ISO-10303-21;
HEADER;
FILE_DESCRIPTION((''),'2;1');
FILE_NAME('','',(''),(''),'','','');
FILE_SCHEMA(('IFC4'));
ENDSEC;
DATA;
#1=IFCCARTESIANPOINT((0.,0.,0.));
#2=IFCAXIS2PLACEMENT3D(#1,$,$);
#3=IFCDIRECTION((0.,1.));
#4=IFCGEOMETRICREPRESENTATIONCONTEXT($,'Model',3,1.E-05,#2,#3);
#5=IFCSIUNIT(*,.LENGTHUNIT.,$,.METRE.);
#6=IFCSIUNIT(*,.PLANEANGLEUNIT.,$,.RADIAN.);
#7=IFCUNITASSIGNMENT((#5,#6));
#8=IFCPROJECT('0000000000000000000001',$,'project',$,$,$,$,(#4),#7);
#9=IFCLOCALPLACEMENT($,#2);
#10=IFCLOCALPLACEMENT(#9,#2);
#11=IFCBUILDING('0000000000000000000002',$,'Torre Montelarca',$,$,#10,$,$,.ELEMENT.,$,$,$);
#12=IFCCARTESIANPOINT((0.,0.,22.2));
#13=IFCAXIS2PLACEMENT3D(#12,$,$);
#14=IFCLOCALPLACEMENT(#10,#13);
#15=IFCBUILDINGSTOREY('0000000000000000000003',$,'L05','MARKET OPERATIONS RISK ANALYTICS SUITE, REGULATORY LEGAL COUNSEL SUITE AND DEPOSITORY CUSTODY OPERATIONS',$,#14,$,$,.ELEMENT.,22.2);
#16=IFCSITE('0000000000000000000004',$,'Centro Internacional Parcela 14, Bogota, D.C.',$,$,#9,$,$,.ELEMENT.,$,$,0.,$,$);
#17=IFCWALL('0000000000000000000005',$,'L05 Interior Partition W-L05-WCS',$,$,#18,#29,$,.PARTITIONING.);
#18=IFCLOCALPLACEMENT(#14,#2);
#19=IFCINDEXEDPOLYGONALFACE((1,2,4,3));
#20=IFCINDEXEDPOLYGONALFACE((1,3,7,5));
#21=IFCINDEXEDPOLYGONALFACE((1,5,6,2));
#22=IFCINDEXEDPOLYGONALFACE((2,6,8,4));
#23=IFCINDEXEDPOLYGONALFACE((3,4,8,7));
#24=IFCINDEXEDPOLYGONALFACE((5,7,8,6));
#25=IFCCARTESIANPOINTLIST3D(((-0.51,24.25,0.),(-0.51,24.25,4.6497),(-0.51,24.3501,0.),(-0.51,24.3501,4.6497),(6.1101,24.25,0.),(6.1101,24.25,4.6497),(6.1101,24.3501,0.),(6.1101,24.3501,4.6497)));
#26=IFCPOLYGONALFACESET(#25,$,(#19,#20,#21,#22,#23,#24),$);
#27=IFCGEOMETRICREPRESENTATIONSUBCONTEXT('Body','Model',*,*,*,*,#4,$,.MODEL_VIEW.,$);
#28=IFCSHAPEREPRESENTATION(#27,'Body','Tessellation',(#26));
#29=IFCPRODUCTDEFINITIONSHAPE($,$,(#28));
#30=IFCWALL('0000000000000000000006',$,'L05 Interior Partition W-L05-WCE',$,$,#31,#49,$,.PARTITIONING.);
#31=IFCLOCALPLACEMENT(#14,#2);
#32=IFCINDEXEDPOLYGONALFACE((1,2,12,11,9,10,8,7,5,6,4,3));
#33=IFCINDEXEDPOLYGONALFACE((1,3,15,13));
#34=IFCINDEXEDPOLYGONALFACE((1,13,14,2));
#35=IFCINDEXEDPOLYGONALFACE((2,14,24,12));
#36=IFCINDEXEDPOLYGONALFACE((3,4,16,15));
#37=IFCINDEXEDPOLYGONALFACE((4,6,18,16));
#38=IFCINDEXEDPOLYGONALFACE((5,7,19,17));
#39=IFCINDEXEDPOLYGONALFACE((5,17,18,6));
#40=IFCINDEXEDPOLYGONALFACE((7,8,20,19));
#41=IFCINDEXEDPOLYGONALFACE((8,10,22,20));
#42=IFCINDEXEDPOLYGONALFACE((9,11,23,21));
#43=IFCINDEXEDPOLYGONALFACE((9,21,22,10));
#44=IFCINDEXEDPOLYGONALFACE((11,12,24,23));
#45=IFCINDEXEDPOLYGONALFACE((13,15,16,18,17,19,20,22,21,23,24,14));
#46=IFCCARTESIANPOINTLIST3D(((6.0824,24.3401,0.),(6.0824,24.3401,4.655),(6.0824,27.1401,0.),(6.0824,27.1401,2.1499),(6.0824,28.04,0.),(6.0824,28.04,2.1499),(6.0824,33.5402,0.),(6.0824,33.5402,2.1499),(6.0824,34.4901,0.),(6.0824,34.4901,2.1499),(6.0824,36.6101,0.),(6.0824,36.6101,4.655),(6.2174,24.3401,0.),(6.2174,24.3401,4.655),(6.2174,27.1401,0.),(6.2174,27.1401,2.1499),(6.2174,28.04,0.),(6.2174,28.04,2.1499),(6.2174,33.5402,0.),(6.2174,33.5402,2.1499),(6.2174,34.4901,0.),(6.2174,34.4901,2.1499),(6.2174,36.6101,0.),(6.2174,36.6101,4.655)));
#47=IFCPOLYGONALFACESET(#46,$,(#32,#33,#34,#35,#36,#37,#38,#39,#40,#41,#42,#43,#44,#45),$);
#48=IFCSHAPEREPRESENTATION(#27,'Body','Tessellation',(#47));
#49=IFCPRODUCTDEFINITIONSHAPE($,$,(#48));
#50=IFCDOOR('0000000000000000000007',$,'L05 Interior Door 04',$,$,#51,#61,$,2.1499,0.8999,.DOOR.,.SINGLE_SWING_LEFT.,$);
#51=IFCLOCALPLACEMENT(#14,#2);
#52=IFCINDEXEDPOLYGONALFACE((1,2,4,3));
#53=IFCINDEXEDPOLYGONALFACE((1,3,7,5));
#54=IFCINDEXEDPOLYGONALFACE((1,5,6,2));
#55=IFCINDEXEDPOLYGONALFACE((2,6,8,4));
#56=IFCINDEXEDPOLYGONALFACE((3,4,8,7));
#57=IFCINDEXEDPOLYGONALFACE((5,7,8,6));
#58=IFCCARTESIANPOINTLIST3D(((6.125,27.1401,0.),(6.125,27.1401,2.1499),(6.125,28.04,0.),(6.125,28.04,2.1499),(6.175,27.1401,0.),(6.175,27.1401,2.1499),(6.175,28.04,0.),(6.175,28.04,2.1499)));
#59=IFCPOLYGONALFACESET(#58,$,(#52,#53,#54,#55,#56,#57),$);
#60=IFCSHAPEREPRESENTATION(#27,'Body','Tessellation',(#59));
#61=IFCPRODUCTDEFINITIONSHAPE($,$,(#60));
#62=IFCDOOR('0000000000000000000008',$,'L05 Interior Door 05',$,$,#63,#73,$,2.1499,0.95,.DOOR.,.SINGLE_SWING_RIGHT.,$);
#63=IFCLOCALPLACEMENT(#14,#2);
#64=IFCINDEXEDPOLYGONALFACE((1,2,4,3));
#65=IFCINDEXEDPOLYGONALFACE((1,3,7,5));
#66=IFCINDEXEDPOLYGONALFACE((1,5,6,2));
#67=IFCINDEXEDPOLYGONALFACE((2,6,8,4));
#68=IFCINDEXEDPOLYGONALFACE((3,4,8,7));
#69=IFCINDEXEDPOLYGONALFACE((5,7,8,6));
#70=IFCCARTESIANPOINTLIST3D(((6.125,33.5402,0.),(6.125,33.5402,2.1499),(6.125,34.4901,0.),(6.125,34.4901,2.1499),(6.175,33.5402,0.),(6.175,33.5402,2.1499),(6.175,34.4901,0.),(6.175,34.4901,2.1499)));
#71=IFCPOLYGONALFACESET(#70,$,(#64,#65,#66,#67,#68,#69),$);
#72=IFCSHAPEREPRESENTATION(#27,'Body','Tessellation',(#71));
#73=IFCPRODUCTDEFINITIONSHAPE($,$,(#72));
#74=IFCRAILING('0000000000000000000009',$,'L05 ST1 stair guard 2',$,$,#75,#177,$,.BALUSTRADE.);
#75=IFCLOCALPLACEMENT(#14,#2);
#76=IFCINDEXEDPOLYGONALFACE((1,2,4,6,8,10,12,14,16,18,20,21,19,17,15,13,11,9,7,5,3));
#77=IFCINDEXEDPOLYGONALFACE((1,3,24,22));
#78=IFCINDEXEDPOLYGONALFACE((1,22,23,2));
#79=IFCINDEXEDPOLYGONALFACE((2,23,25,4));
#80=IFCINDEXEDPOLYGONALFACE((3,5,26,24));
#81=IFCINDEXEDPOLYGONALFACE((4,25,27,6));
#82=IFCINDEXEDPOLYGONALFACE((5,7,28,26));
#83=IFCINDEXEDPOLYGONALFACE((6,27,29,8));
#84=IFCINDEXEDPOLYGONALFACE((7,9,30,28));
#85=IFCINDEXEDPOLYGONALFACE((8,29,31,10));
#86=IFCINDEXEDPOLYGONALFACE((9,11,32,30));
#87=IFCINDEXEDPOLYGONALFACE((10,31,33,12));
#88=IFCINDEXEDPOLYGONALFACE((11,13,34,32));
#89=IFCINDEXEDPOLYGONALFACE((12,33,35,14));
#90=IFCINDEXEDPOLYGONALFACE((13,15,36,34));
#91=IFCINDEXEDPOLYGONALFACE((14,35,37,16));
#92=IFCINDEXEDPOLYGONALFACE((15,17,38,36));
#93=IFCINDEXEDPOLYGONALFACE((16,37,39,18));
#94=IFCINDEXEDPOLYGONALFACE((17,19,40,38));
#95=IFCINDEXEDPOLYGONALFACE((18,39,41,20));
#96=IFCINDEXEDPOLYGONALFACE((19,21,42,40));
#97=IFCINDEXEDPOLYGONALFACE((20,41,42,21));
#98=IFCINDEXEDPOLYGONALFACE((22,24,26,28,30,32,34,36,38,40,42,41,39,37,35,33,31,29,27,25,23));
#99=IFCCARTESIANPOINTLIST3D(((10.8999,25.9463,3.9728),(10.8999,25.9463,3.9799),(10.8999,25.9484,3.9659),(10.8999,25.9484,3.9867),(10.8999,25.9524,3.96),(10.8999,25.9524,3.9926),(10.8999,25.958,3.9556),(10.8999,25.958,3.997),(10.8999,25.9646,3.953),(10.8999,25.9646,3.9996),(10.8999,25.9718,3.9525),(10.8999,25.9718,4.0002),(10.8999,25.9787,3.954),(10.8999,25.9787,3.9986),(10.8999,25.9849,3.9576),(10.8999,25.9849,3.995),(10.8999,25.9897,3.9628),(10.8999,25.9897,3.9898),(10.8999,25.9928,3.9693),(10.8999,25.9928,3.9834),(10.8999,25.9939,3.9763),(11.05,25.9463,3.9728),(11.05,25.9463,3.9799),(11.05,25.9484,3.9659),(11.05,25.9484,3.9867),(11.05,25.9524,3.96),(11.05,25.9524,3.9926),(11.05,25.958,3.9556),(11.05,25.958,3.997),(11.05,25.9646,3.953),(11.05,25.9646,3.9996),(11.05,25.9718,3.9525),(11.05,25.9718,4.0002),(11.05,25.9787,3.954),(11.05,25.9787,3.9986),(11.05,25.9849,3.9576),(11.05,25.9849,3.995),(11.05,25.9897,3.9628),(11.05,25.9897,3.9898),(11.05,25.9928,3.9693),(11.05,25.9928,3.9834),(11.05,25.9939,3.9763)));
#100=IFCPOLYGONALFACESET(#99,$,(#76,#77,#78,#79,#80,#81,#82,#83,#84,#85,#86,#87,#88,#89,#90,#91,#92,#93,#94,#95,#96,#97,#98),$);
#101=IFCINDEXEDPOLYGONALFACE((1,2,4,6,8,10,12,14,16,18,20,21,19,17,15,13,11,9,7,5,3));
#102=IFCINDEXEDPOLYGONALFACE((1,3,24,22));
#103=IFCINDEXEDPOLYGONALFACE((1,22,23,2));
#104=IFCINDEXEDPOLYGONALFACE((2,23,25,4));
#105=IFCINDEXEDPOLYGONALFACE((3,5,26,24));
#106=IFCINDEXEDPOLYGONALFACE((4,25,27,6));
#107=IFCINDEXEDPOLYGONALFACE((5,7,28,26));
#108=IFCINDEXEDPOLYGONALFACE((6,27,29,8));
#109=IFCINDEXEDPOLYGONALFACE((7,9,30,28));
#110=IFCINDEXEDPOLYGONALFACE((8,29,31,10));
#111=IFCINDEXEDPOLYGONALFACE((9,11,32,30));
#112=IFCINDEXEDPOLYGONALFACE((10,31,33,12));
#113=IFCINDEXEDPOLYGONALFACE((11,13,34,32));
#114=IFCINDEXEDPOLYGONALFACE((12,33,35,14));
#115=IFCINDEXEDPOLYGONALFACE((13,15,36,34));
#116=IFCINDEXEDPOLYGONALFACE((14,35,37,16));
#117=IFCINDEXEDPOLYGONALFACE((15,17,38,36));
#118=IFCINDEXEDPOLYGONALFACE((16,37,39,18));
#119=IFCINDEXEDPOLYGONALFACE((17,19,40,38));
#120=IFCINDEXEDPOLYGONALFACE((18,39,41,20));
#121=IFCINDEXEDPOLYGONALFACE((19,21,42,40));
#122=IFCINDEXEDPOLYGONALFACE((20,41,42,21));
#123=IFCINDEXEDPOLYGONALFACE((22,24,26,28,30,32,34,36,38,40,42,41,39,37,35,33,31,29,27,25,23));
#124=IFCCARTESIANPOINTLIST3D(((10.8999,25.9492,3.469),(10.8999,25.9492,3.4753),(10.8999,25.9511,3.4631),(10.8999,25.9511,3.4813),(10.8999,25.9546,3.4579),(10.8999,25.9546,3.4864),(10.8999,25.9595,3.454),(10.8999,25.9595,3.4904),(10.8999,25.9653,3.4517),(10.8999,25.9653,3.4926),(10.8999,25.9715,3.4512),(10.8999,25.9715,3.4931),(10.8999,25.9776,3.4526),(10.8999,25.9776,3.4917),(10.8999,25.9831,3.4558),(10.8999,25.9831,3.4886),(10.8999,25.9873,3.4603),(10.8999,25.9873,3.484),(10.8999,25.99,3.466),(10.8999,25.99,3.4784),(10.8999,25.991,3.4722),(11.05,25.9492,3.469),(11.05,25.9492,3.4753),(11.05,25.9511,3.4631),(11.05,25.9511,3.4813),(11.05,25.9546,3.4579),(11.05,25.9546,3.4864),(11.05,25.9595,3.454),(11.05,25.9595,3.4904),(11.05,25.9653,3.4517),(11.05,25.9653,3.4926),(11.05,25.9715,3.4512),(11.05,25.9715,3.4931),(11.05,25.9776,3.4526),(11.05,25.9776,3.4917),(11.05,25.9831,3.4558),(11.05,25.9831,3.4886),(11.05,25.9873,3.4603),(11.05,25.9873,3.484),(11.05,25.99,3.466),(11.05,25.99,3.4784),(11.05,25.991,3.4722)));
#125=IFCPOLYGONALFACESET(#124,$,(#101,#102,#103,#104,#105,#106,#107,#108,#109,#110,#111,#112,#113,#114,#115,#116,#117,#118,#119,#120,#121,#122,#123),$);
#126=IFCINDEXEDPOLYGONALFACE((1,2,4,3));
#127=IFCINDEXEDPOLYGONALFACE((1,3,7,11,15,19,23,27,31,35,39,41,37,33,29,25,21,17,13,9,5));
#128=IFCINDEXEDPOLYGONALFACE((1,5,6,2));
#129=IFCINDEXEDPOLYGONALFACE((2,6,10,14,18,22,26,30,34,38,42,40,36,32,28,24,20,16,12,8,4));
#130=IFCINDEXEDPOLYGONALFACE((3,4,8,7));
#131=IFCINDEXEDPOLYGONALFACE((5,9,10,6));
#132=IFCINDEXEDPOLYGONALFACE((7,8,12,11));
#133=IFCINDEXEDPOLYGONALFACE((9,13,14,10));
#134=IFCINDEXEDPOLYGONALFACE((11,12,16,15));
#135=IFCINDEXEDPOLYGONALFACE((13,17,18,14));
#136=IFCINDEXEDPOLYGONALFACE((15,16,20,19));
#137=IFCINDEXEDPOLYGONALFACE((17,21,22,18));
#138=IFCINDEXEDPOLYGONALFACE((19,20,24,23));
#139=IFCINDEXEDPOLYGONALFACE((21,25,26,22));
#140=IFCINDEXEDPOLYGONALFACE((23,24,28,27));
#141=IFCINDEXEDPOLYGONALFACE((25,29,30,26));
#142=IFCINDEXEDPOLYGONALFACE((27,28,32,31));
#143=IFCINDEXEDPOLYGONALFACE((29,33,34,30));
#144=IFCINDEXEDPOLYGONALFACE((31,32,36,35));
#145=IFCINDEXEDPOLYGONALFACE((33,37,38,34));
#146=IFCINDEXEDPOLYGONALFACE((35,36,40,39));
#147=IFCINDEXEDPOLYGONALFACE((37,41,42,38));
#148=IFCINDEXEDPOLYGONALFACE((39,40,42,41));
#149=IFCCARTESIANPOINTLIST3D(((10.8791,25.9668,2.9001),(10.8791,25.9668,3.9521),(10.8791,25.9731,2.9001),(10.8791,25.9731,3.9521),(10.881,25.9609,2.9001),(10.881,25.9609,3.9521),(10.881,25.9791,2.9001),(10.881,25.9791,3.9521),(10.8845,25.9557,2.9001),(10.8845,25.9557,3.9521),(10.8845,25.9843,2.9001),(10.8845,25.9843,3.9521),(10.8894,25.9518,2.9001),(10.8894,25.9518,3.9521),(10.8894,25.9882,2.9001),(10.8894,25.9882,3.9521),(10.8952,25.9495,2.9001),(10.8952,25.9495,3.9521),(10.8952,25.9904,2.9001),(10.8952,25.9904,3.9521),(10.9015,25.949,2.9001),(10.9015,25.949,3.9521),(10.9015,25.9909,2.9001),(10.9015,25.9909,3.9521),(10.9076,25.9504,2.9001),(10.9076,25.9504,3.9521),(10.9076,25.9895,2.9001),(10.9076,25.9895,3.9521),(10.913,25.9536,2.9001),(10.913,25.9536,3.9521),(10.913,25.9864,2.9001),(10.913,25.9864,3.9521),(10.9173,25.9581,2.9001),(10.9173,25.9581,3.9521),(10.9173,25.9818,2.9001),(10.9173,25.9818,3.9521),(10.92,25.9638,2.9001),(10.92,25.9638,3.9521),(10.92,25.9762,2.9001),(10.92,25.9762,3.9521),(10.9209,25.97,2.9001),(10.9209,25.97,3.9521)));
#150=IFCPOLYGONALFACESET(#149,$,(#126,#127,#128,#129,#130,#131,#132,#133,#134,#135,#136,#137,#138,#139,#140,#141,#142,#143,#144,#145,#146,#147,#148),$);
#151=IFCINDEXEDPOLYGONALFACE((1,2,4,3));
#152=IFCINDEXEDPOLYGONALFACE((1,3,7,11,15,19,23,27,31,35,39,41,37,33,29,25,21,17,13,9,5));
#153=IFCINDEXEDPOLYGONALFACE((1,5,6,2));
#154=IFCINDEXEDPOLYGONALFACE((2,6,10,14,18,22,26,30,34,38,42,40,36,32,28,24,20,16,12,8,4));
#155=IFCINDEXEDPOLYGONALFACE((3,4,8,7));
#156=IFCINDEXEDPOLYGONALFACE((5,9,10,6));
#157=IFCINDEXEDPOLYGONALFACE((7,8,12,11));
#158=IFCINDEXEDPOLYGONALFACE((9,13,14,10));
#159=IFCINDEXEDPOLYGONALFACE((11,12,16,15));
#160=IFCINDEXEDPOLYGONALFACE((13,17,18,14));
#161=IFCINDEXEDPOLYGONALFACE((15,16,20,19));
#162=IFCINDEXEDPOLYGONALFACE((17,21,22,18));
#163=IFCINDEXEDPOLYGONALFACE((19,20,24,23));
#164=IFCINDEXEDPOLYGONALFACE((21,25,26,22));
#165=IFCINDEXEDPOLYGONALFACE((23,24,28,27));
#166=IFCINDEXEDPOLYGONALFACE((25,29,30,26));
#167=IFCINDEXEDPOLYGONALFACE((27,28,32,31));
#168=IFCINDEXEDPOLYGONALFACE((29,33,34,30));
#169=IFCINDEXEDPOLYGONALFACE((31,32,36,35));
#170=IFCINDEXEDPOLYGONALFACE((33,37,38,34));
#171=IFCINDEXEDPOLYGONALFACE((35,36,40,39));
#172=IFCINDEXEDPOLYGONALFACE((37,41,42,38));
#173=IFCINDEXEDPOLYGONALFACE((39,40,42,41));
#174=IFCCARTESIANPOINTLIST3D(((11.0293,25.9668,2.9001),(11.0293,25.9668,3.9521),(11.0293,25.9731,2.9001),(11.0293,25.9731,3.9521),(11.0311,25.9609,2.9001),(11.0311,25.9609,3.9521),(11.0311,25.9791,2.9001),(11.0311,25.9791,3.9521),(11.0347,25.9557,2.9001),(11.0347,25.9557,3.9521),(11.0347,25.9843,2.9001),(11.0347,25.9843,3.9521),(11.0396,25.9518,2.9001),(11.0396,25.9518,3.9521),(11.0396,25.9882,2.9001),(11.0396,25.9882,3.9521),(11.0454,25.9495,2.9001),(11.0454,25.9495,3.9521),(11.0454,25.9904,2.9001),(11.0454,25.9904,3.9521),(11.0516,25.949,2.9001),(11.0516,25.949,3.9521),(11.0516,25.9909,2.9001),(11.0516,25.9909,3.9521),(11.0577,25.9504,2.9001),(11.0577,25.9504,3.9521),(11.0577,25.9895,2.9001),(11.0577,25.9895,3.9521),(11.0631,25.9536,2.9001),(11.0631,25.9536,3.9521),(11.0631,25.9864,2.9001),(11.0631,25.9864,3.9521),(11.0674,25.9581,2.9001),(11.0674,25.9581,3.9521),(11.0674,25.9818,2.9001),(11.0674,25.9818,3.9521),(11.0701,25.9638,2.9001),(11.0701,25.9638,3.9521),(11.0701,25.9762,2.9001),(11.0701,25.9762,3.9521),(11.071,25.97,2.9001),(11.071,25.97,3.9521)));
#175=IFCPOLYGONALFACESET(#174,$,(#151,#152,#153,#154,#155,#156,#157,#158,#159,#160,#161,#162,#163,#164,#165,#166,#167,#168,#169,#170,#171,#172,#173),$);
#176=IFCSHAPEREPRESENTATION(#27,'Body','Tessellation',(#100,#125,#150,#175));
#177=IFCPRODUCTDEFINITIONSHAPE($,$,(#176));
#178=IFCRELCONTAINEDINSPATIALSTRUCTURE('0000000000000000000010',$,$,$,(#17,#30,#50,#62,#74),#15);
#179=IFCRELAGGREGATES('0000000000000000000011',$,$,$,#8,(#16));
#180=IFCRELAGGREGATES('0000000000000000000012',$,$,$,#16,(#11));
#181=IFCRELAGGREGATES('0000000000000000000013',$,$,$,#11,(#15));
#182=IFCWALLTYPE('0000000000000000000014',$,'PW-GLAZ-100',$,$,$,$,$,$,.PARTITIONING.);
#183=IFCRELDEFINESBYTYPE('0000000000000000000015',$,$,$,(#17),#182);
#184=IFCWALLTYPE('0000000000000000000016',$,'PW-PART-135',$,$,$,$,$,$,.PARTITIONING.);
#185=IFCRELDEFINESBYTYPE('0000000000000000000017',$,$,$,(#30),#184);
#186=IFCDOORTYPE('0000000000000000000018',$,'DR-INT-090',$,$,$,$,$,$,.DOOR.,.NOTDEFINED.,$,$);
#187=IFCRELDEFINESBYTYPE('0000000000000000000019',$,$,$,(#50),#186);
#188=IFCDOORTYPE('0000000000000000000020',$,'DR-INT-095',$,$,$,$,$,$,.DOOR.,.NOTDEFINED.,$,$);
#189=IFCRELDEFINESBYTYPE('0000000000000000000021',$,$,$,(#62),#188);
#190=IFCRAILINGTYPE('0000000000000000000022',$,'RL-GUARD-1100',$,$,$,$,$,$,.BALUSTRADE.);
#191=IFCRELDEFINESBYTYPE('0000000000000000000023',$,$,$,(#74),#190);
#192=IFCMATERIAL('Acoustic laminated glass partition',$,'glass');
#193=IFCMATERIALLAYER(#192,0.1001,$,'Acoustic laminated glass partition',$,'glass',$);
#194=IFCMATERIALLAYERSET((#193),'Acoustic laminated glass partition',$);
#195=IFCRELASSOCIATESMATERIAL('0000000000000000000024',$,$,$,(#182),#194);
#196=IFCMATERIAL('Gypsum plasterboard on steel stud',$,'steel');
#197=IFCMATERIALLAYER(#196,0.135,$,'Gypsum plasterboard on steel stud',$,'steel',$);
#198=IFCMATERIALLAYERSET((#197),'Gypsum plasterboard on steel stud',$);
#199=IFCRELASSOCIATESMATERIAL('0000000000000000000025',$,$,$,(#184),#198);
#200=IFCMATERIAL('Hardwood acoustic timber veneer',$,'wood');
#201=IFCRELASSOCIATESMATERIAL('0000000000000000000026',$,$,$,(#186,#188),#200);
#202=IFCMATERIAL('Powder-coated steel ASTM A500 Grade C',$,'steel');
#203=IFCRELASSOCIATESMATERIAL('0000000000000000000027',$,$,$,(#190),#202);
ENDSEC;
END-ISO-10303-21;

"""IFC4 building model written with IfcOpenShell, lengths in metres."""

from ifc_helpers import new_model, si_unit, direction, frame, frame_2d, origin, origin_2d, place, context, subcontext, project, spatial, rectangle, circle, extrude, source, transform, mapped, material, layer, layer_set, type_object, element, fill, save


model = new_model("IFC4")

# Units and contexts
model_context = context("Model", 3, precision=1e-05, world=origin(), true_north=direction((0.0, 1.0)))
body_context = subcontext(model_context, "Body", "Model", "MODEL_VIEW")
ifc_project = project(units=[si_unit("LENGTHUNIT", "METRE"), si_unit("PLANEANGLEUNIT", "RADIAN")], contexts=[model_context])

# Site, building, storey
site_placement = place(None, origin())
site = spatial("IfcSite", under=ifc_project, at=site_placement, Name="Centro Internacional Parcela 14, Bogota, D.C.", CompositionType="ELEMENT", RefElevation=0.0)
building_placement = place(site_placement, origin())
building = spatial("IfcBuilding", under=site, at=building_placement, Name="Torre Montelarca", CompositionType="ELEMENT")
storey_placement = place(building_placement, frame((0.0, 0.0, 22.2)))
storey = spatial("IfcBuildingStorey", under=building, at=storey_placement, Name="L05", Description="MARKET OPERATIONS RISK ANALYTICS SUITE, REGULATORY LEGAL COUNSEL SUITE AND DEPOSITORY CUSTODY OPERATIONS", CompositionType="ELEMENT", Elevation=22.2)

# Shared definitions
ifc_material_1 = material(Name="Gypsum plasterboard on steel stud", Category="steel")

# Wall
ifc_material_2 = material(Name="Acoustic laminated glass partition", Category="glass")
ifc_layer_1 = layer(ifc_material_2, 0.1001, Name="Acoustic laminated glass partition", Category="glass")
ifc_layer_set_1 = layer_set([ifc_layer_1], Name="Acoustic laminated glass partition")
wall_type_1 = type_object("IfcWallType", Name="PW-GLAZ-100", PredefinedType="PARTITIONING", material=ifc_layer_set_1)
wall_1_placement = place(storey_placement, frame((-0.51, 24.3, 0.0), z_axis=(0.0, 0.0, 1.0), x_axis=(1.0, 0.0, 0.0)))
element("IfcWall", 1, at=wall_1_placement, inside=storey, type_object=wall_type_1, Name="L05 Interior Partition W-L05-WCS", PredefinedType="PARTITIONING", context=body_context, shape_type="SweptSolid", body=[
    extrude(rectangle(XDim=6.6201, YDim=0.1001, at=frame_2d((3.3101, 0.0))), origin(), (0.0, 0.0, 1.0), 4.6497),
])

# Wall, openings, doors
ifc_layer_2 = layer(ifc_material_1, 0.135, Name="Gypsum plasterboard on steel stud", Category="steel")
ifc_layer_set_2 = layer_set([ifc_layer_2], Name="Gypsum plasterboard on steel stud")
wall_type_2 = type_object("IfcWallType", Name="PW-PART-135", PredefinedType="PARTITIONING", material=ifc_layer_set_2)
wall_2_placement = place(storey_placement, frame((6.1499, 24.3401, 0.0), z_axis=(0.0, 0.0, 1.0), x_axis=(0.0, 1.0, 0.0)))
wall_2 = element("IfcWall", 2, at=wall_2_placement, inside=storey, type_object=wall_type_2, Name="L05 Interior Partition W-L05-WCE", PredefinedType="PARTITIONING", context=body_context, shape_type="SweptSolid", body=[
    extrude(rectangle(XDim=12.27, YDim=0.135, at=frame_2d((6.135, 0.0))), origin(), (0.0, 0.0, 1.0), 4.655),
])
opening_1_placement = place(wall_2_placement, frame((2.8, 0.0, 0.0)))
opening_1 = element("IfcOpeningElement", 3, at=opening_1_placement, cuts=wall_2, PredefinedType="OPENING", context=body_context, shape_type="SweptSolid", body=[
    extrude(rectangle(XDim=0.8999, YDim=2.1499, at=frame_2d((0.45, 1.075))), frame((0.0, 0.0776, 0.0), z_axis=(0.0, -1.0, 0.0), x_axis=(1.0, 0.0, 0.0)), (0.0, 0.0, 1.0), 0.155),
])
opening_2_placement = place(wall_2_placement, frame((9.2, 0.0, 0.0)))
opening_2 = element("IfcOpeningElement", 4, at=opening_2_placement, cuts=wall_2, PredefinedType="OPENING", context=body_context, shape_type="SweptSolid", body=[
    extrude(rectangle(XDim=0.95, YDim=2.1499, at=frame_2d((0.4751, 1.075))), frame((0.0, 0.0776, 0.0), z_axis=(0.0, -1.0, 0.0), x_axis=(1.0, 0.0, 0.0)), (0.0, 0.0, 1.0), 0.155),
])
ifc_material_3 = material(Name="Hardwood acoustic timber veneer", Category="wood")
door_type_1 = type_object("IfcDoorType", Name="DR-INT-090", OperationType="NOTDEFINED", PredefinedType="DOOR", material=ifc_material_3)
shared_shape_1 = source(origin(), body_context, "Body", "SweptSolid", [
    extrude(rectangle(XDim=0.8999, YDim=2.1499, at=frame_2d((0.45, 1.075))), frame((0.0, 0.0249, 0.0), z_axis=(0.0, -1.0, 0.0), x_axis=(1.0, 0.0, 0.0)), (0.0, 0.0, 1.0), 0.05),
])
door_1_placement = place(opening_1_placement, origin())
door_1 = element("IfcDoor", 5, at=door_1_placement, inside=storey, type_object=door_type_1, Name="L05 Interior Door 04", OperationType="SINGLE_SWING_LEFT", OverallHeight=2.1499, OverallWidth=0.8999, PredefinedType="DOOR", context=body_context, shape_type="MappedRepresentation", body=[
    mapped(shared_shape_1, transform((0.0, 0.0, 0.0), scale=1.0)),
])
fill(opening_1, door_1)
door_type_2 = type_object("IfcDoorType", Name="DR-INT-095", OperationType="NOTDEFINED", PredefinedType="DOOR", material=ifc_material_3)
shared_shape_2 = source(origin(), body_context, "Body", "SweptSolid", [
    extrude(rectangle(XDim=0.95, YDim=2.1499, at=frame_2d((0.4751, 1.075))), frame((0.0, 0.0249, 0.0), z_axis=(0.0, -1.0, 0.0), x_axis=(1.0, 0.0, 0.0)), (0.0, 0.0, 1.0), 0.05),
])
door_2_placement = place(opening_2_placement, origin())
door_2 = element("IfcDoor", 6, at=door_2_placement, inside=storey, type_object=door_type_2, Name="L05 Interior Door 05", OperationType="SINGLE_SWING_RIGHT", OverallHeight=2.1499, OverallWidth=0.95, PredefinedType="DOOR", context=body_context, shape_type="MappedRepresentation", body=[
    mapped(shared_shape_2, transform((0.0, 0.0, 0.0), scale=1.0)),
])
fill(opening_2, door_2)

# Railing
ifc_material_4 = material(Name="Powder-coated steel ASTM A500 Grade C", Category="steel")
railing_type = type_object("IfcRailingType", Name="RL-GUARD-1100", PredefinedType="BALUSTRADE", material=ifc_material_4)
railing_1_placement = place(storey_placement, frame((10.8999, 25.97, 2.9001)))
element("IfcRailing", 7, at=railing_1_placement, inside=storey, type_object=railing_type, Name="L05 ST1 stair guard 2", PredefinedType="BALUSTRADE", context=body_context, shape_type="SweptSolid", body=[
    extrude(circle(Radius=0.0239, at=origin_2d()), frame((0.0, 0.0, 1.0762), z_axis=(1.0, 0.0, 0.0), x_axis=(0.0, 1.0, 0.0)), (0.0, 0.0, 1.0), 0.1501),
    extrude(circle(Radius=0.021, at=origin_2d()), frame((0.0, 0.0, 0.572), z_axis=(1.0, 0.0, 0.0), x_axis=(0.0, 1.0, 0.0)), (0.0, 0.0, 1.0), 0.1501),
    extrude(circle(Radius=0.021, at=origin_2d()), origin(), (0.0, 0.0, 1.0), 1.052),
    extrude(circle(Radius=0.021, at=origin_2d()), frame((0.1501, 0.0, 0.0)), (0.0, 0.0, 1.0), 1.052),
])

save(model, "model.ifc")
